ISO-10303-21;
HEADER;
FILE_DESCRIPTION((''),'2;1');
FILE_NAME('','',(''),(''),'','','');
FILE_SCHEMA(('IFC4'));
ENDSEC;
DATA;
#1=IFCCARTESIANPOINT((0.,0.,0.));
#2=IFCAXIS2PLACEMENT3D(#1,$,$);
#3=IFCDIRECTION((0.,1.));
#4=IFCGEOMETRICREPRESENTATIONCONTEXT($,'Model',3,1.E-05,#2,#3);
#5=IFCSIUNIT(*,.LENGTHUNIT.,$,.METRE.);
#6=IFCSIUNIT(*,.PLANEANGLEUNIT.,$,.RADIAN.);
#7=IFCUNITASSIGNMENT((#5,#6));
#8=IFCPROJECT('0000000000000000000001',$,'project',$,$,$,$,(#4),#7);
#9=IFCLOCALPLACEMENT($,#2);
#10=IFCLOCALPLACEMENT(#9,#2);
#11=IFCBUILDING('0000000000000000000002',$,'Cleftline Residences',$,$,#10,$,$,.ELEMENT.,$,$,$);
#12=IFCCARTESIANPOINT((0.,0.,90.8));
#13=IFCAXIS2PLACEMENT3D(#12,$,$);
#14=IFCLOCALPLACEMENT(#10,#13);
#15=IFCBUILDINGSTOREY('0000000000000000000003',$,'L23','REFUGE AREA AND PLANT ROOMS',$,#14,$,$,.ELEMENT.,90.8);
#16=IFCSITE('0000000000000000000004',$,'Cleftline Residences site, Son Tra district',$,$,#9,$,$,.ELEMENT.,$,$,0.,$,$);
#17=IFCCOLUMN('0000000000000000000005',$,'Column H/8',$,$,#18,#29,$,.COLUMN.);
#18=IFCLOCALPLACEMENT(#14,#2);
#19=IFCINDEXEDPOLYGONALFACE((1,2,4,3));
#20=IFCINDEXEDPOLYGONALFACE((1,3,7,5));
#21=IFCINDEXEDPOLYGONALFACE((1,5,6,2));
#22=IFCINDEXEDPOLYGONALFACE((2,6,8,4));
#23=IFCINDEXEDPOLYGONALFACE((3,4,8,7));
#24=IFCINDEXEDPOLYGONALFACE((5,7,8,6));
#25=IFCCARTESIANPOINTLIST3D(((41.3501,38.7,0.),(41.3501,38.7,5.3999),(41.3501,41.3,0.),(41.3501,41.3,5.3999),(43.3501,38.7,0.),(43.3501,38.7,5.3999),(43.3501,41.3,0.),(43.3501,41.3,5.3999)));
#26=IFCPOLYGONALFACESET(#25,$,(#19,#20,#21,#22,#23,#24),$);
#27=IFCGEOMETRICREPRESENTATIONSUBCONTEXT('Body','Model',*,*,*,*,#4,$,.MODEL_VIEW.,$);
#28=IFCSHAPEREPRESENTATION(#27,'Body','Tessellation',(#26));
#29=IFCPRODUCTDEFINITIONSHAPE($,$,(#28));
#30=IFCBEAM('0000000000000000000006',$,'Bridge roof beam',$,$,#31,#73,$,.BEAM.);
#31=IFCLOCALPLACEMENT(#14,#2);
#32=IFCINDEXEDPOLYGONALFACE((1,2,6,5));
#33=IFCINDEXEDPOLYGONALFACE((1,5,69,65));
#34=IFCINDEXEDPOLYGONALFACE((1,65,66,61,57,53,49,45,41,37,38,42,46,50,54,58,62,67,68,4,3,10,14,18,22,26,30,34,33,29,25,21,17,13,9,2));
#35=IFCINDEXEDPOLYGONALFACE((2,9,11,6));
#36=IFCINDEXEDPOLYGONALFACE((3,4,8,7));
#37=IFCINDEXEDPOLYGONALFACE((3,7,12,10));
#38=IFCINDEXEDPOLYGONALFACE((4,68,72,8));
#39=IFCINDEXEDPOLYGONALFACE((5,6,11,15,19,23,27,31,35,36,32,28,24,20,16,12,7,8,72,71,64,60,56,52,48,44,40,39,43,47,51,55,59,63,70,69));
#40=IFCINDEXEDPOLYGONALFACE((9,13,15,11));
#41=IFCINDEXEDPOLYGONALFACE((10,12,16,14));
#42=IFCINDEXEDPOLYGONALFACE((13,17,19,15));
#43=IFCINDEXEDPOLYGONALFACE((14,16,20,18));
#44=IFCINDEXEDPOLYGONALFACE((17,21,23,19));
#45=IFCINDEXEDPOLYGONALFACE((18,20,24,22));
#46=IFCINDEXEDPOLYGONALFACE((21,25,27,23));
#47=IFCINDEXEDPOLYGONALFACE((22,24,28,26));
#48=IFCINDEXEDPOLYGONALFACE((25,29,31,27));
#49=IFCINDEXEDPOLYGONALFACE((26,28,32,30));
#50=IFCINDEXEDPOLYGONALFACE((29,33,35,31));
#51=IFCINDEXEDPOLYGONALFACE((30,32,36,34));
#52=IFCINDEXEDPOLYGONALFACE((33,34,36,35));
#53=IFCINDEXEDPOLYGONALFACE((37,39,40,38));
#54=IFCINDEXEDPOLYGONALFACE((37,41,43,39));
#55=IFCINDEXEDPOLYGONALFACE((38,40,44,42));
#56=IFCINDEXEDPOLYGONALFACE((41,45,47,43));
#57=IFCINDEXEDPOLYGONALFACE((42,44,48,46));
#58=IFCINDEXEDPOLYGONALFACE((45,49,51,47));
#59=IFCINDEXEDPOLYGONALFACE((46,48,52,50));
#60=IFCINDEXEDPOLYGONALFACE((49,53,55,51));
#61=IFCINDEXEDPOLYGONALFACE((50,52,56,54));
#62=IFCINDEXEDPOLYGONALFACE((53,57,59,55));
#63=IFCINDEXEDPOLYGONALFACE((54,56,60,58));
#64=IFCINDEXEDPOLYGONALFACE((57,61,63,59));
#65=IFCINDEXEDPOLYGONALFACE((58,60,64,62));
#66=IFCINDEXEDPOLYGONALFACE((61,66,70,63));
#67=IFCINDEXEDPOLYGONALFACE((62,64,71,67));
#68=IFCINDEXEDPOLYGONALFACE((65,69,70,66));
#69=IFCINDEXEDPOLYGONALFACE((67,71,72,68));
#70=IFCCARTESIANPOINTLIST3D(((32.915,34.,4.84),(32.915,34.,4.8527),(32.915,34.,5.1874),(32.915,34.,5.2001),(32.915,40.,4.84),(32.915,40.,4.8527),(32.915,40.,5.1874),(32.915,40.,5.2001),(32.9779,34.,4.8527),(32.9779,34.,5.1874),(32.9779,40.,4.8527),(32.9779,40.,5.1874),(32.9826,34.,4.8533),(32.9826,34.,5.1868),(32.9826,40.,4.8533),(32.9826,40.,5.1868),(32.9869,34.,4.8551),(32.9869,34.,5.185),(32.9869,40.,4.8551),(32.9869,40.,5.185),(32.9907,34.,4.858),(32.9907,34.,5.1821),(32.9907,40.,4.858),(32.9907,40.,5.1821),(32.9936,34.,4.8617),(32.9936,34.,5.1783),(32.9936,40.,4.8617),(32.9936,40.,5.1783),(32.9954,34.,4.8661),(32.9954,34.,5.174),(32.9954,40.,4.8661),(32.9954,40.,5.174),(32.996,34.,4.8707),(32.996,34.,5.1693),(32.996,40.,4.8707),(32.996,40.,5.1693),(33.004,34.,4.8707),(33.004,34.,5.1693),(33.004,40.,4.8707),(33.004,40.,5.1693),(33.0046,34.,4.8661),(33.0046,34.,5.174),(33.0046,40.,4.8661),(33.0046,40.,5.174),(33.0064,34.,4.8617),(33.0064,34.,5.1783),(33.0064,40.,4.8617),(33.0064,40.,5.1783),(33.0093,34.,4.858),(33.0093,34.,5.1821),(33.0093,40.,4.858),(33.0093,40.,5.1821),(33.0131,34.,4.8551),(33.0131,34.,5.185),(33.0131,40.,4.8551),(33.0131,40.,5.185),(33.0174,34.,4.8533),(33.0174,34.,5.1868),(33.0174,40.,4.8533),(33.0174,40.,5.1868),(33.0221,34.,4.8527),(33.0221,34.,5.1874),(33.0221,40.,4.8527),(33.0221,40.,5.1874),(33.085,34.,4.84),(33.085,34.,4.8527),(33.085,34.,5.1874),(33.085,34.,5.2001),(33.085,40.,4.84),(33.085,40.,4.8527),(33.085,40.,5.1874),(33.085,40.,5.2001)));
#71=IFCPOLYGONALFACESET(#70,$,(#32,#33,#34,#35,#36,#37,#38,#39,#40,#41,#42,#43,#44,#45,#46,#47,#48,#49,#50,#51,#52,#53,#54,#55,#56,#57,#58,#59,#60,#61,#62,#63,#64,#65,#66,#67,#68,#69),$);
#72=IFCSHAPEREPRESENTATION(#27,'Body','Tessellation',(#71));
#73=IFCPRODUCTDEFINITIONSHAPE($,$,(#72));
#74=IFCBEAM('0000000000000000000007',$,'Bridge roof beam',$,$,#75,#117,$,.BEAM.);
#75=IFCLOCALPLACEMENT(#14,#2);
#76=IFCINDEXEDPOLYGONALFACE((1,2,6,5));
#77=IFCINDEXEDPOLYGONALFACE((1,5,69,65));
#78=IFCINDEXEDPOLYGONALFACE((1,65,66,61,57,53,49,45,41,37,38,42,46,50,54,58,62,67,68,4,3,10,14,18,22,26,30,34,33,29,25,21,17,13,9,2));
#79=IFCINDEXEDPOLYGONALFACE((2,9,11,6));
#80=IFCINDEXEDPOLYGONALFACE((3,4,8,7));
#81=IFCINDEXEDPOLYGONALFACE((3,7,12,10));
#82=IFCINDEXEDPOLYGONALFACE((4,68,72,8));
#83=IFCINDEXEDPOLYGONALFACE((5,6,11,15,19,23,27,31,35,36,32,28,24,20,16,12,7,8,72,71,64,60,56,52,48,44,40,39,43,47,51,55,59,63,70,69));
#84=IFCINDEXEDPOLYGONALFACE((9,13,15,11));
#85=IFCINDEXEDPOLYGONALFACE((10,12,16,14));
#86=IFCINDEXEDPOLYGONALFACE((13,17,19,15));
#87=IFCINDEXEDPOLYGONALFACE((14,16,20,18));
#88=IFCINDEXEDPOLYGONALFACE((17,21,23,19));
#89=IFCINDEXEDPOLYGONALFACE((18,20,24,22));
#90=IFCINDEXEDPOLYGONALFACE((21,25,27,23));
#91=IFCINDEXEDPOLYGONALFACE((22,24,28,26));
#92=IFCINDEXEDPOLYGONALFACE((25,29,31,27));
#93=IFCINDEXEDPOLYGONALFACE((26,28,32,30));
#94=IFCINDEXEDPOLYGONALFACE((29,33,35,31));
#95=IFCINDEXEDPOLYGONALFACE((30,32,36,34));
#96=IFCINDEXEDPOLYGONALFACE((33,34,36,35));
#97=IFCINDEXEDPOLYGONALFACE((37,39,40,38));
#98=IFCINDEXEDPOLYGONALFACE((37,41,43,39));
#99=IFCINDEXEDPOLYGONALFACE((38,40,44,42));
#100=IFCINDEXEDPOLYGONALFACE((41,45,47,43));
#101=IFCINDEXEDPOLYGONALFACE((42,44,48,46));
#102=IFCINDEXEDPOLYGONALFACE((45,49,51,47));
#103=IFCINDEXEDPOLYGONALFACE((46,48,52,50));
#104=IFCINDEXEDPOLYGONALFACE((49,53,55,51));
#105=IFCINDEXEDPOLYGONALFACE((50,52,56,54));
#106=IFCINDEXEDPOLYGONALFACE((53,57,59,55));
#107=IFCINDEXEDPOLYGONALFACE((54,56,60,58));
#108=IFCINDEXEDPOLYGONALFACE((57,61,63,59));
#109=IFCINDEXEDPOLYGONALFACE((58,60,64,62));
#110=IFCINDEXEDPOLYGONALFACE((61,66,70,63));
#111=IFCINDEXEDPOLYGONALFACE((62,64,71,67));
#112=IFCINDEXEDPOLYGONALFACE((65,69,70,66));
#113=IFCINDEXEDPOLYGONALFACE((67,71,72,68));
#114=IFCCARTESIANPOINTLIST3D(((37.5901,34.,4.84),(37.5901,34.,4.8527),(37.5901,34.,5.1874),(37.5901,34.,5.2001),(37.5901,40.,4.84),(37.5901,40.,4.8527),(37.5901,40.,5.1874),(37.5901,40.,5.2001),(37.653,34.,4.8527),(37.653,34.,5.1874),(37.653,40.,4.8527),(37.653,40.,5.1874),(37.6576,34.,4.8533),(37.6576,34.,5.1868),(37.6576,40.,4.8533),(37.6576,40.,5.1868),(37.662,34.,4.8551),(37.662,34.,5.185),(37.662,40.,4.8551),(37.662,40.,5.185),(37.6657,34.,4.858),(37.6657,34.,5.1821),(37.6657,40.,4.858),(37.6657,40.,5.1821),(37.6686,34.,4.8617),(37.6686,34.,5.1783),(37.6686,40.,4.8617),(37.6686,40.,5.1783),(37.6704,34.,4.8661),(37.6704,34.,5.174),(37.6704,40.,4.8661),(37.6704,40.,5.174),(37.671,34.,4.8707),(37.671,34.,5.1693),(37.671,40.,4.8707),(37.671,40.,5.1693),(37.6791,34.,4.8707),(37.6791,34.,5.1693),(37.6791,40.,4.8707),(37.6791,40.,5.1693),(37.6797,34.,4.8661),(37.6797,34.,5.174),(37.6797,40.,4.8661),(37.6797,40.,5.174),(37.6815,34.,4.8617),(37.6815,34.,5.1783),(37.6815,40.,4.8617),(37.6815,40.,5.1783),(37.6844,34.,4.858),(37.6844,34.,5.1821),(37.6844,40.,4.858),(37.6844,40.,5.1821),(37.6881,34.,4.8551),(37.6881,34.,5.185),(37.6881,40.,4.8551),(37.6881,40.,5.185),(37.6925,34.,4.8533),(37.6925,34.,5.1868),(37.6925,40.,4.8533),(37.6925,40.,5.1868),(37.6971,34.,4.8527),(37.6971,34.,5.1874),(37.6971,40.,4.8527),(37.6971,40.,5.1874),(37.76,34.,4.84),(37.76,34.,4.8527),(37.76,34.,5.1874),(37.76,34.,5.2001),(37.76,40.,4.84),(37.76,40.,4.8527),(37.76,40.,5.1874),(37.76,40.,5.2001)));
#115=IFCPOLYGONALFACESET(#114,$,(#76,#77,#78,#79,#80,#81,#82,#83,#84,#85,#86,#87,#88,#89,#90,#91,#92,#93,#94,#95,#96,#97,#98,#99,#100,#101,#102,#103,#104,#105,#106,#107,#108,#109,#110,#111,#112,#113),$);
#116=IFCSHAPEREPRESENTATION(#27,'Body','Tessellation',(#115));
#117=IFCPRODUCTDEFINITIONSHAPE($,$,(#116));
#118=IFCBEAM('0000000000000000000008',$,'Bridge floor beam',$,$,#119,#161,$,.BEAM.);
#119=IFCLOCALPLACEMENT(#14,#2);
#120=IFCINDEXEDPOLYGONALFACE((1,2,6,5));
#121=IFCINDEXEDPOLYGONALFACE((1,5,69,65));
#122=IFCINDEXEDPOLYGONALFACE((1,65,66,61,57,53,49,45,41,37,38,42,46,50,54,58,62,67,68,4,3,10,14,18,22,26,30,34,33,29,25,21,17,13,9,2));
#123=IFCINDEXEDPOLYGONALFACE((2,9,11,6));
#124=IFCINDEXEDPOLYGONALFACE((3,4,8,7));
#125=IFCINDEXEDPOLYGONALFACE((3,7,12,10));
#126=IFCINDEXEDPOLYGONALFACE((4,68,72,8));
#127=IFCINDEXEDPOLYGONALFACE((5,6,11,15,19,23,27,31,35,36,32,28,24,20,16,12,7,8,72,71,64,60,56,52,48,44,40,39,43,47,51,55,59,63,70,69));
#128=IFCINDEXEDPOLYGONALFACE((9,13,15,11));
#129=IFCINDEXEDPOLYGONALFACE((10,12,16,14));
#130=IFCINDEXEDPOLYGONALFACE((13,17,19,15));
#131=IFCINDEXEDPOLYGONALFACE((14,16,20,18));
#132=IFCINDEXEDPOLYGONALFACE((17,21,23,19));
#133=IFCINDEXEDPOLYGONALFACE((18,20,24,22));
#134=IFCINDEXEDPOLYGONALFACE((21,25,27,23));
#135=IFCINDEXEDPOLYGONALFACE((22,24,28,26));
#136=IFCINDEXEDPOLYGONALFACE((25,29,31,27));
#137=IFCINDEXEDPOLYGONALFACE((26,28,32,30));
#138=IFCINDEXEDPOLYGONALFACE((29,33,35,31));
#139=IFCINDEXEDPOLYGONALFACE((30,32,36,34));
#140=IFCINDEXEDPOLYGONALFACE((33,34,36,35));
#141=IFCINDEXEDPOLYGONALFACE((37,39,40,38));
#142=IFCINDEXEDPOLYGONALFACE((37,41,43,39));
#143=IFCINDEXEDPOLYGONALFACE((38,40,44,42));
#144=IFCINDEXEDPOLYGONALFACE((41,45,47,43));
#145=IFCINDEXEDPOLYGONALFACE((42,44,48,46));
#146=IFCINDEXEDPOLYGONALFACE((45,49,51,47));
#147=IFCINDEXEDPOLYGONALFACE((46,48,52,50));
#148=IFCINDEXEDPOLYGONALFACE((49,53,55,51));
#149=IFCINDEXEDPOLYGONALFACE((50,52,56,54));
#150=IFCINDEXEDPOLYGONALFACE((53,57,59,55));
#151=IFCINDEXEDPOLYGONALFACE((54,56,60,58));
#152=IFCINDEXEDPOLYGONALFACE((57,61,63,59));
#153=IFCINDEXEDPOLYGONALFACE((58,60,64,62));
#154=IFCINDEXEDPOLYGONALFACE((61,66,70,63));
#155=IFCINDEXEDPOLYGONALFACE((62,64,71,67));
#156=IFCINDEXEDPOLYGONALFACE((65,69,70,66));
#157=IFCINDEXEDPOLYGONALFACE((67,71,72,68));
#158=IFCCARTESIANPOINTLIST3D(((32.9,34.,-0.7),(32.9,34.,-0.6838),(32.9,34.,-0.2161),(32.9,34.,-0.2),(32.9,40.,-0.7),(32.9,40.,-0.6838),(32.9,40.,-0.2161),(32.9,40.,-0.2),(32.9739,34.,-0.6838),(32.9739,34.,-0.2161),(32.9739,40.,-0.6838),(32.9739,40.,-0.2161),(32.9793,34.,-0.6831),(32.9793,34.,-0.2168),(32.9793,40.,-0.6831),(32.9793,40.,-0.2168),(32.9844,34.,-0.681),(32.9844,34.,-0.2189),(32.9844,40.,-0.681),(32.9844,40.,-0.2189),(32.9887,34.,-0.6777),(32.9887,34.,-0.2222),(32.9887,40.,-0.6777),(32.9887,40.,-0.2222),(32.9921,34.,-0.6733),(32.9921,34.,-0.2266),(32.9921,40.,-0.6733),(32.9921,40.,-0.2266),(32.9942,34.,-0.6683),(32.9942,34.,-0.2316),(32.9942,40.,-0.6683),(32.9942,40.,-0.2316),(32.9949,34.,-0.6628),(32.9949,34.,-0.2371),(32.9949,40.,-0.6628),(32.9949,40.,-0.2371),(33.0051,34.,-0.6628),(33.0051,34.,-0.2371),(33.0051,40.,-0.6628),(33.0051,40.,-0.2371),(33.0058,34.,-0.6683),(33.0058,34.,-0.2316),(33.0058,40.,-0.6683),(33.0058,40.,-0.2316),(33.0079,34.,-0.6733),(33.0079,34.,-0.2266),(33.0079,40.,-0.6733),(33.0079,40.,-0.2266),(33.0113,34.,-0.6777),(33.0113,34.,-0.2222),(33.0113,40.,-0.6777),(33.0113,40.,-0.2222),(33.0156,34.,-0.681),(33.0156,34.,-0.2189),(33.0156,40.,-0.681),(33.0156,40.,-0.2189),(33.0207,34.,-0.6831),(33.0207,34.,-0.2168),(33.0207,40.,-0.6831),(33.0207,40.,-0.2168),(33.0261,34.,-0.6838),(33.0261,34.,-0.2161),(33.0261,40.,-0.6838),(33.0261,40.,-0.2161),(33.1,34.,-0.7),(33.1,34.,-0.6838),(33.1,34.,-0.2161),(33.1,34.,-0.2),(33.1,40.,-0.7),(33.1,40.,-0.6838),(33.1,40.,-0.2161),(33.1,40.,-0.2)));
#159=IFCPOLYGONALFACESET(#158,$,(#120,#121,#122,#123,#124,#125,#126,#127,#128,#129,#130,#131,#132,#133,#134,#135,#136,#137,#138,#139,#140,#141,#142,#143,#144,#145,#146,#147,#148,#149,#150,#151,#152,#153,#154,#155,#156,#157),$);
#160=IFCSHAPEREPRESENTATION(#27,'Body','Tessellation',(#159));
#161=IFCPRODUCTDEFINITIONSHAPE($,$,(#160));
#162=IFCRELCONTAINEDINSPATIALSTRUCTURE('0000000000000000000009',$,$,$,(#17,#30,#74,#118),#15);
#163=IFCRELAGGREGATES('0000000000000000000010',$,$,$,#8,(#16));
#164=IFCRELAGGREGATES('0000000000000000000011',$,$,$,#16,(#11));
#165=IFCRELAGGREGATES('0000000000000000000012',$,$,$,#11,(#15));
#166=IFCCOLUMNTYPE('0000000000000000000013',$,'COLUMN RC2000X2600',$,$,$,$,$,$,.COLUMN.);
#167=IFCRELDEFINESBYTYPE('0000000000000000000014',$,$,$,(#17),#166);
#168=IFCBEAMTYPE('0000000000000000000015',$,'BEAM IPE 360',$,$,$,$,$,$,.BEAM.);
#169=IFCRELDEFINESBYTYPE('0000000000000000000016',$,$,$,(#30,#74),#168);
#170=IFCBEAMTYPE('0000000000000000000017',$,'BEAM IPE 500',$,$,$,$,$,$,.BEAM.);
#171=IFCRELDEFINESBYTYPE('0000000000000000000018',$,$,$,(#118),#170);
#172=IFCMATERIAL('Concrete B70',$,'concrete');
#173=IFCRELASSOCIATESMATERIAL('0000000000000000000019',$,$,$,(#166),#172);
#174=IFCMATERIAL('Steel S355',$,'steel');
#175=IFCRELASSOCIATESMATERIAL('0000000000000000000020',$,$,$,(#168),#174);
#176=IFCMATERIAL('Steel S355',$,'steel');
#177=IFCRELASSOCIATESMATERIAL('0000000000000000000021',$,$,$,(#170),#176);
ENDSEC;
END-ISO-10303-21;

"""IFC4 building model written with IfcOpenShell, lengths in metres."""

from ifc_helpers import new_model, si_unit, direction, frame, origin, origin_2d, place, context, subcontext, project, spatial, rectangle, i_section, extrude, material, material_profile, profile_set, type_object, element, save


model = new_model("IFC4")

# Units and contexts
model_context = context("Model", 3, precision=1e-05, world=origin(), true_north=direction((0.0, 1.0)))
body_context = subcontext(model_context, "Body", "Model", "MODEL_VIEW")
ifc_project = project(units=[si_unit("LENGTHUNIT", "METRE"), si_unit("PLANEANGLEUNIT", "RADIAN")], contexts=[model_context])

# Site, building, storey
site_placement = place(None, origin())
site = spatial("IfcSite", under=ifc_project, at=site_placement, Name="Cleftline Residences site, Son Tra district", CompositionType="ELEMENT", RefElevation=0.0)
building_placement = place(site_placement, origin())
building = spatial("IfcBuilding", under=site, at=building_placement, Name="Cleftline Residences", CompositionType="ELEMENT")
storey_placement = place(building_placement, frame((0.0, 0.0, 90.8)))
storey = spatial("IfcBuildingStorey", under=building, at=storey_placement, Name="L23", Description="REFUGE AREA AND PLANT ROOMS", CompositionType="ELEMENT", Elevation=90.8)

# Column
ifc_material_1 = material(Name="Concrete B70", Category="concrete")
ifc_material_profile_1 = material_profile(ifc_material_1, rectangle(XDim=2.0, YDim=2.6001, at=origin_2d()))
ifc_profile_set_1 = profile_set([ifc_material_profile_1], Name="Concrete B70")
column_type = type_object("IfcColumnType", Name="COLUMN RC2000X2600", PredefinedType="COLUMN", material=ifc_profile_set_1)
column_placement = place(storey_placement, frame((42.3501, 40.0, 0.0), z_axis=(0.0, 0.0, 1.0), x_axis=(1.0, 0.0, 0.0)))
element("IfcColumn", 1, at=column_placement, inside=storey, type_object=column_type, Name="Column H/8", PredefinedType="COLUMN", context=body_context, shape_type="SweptSolid", body=[
    extrude(rectangle(XDim=2.0, YDim=2.6001, at=origin_2d()), origin(), (0.0, 0.0, 1.0), 5.3999),
])

# Beams
ifc_material_2 = material(Name="Steel S355", Category="steel")
ifc_material_profile_2 = material_profile(ifc_material_2, i_section(OverallWidth=0.1699, OverallDepth=0.3601, WebThickness=0.0081, FlangeThickness=0.0127, FilletRadius=0.0181, at=origin_2d()))
ifc_profile_set_2 = profile_set([ifc_material_profile_2], Name="Steel S355")
beam_type_1 = type_object("IfcBeamType", Name="BEAM IPE 360", PredefinedType="BEAM", material=ifc_profile_set_2)
for number, where, z_axis, x_axis, name in (
    (2, (33.0, 40.0, 5.02), (0.0, -1.0, 0.0), (1.0, 0.0, 0.0), "Bridge roof beam"),
    (3, (37.675, 40.0, 5.02), (0.0, -1.0, 0.0), (1.0, 0.0, 0.0), "Bridge roof beam"),
):
    element("IfcBeam", number, at=place(storey_placement, frame(where, z_axis=z_axis, x_axis=x_axis)), inside=storey, type_object=beam_type_1, Name=name, PredefinedType="BEAM", context=body_context, shape_type="SweptSolid", body=[
        extrude(i_section(OverallWidth=0.1699, OverallDepth=0.3601, WebThickness=0.0081, FlangeThickness=0.0127, FilletRadius=0.0181, at=origin_2d()), origin(), (0.0, 0.0, 1.0), 6.0),
    ])
ifc_material_3 = material(Name="Steel S355", Category="steel")
ifc_material_profile_3 = material_profile(ifc_material_3, i_section(OverallWidth=0.2, OverallDepth=0.5, WebThickness=0.0103, FlangeThickness=0.0161, FilletRadius=0.021, at=origin_2d()))
ifc_profile_set_3 = profile_set([ifc_material_profile_3], Name="Steel S355")
beam_type_2 = type_object("IfcBeamType", Name="BEAM IPE 500", PredefinedType="BEAM", material=ifc_profile_set_3)
for number, where, z_axis, x_axis, name in (
    (4, (33.0, 40.0, -0.45), (0.0, -1.0, 0.0), (1.0, 0.0, 0.0), "Bridge floor beam"),
):
    element("IfcBeam", number, at=place(storey_placement, frame(where, z_axis=z_axis, x_axis=x_axis)), inside=storey, type_object=beam_type_2, Name=name, PredefinedType="BEAM", context=body_context, shape_type="SweptSolid", body=[
        extrude(i_section(OverallWidth=0.2, OverallDepth=0.5, WebThickness=0.0103, FlangeThickness=0.0161, FilletRadius=0.021, at=origin_2d()), origin(), (0.0, 0.0, 1.0), 6.0),
    ])

save(model, "model.ifc")
